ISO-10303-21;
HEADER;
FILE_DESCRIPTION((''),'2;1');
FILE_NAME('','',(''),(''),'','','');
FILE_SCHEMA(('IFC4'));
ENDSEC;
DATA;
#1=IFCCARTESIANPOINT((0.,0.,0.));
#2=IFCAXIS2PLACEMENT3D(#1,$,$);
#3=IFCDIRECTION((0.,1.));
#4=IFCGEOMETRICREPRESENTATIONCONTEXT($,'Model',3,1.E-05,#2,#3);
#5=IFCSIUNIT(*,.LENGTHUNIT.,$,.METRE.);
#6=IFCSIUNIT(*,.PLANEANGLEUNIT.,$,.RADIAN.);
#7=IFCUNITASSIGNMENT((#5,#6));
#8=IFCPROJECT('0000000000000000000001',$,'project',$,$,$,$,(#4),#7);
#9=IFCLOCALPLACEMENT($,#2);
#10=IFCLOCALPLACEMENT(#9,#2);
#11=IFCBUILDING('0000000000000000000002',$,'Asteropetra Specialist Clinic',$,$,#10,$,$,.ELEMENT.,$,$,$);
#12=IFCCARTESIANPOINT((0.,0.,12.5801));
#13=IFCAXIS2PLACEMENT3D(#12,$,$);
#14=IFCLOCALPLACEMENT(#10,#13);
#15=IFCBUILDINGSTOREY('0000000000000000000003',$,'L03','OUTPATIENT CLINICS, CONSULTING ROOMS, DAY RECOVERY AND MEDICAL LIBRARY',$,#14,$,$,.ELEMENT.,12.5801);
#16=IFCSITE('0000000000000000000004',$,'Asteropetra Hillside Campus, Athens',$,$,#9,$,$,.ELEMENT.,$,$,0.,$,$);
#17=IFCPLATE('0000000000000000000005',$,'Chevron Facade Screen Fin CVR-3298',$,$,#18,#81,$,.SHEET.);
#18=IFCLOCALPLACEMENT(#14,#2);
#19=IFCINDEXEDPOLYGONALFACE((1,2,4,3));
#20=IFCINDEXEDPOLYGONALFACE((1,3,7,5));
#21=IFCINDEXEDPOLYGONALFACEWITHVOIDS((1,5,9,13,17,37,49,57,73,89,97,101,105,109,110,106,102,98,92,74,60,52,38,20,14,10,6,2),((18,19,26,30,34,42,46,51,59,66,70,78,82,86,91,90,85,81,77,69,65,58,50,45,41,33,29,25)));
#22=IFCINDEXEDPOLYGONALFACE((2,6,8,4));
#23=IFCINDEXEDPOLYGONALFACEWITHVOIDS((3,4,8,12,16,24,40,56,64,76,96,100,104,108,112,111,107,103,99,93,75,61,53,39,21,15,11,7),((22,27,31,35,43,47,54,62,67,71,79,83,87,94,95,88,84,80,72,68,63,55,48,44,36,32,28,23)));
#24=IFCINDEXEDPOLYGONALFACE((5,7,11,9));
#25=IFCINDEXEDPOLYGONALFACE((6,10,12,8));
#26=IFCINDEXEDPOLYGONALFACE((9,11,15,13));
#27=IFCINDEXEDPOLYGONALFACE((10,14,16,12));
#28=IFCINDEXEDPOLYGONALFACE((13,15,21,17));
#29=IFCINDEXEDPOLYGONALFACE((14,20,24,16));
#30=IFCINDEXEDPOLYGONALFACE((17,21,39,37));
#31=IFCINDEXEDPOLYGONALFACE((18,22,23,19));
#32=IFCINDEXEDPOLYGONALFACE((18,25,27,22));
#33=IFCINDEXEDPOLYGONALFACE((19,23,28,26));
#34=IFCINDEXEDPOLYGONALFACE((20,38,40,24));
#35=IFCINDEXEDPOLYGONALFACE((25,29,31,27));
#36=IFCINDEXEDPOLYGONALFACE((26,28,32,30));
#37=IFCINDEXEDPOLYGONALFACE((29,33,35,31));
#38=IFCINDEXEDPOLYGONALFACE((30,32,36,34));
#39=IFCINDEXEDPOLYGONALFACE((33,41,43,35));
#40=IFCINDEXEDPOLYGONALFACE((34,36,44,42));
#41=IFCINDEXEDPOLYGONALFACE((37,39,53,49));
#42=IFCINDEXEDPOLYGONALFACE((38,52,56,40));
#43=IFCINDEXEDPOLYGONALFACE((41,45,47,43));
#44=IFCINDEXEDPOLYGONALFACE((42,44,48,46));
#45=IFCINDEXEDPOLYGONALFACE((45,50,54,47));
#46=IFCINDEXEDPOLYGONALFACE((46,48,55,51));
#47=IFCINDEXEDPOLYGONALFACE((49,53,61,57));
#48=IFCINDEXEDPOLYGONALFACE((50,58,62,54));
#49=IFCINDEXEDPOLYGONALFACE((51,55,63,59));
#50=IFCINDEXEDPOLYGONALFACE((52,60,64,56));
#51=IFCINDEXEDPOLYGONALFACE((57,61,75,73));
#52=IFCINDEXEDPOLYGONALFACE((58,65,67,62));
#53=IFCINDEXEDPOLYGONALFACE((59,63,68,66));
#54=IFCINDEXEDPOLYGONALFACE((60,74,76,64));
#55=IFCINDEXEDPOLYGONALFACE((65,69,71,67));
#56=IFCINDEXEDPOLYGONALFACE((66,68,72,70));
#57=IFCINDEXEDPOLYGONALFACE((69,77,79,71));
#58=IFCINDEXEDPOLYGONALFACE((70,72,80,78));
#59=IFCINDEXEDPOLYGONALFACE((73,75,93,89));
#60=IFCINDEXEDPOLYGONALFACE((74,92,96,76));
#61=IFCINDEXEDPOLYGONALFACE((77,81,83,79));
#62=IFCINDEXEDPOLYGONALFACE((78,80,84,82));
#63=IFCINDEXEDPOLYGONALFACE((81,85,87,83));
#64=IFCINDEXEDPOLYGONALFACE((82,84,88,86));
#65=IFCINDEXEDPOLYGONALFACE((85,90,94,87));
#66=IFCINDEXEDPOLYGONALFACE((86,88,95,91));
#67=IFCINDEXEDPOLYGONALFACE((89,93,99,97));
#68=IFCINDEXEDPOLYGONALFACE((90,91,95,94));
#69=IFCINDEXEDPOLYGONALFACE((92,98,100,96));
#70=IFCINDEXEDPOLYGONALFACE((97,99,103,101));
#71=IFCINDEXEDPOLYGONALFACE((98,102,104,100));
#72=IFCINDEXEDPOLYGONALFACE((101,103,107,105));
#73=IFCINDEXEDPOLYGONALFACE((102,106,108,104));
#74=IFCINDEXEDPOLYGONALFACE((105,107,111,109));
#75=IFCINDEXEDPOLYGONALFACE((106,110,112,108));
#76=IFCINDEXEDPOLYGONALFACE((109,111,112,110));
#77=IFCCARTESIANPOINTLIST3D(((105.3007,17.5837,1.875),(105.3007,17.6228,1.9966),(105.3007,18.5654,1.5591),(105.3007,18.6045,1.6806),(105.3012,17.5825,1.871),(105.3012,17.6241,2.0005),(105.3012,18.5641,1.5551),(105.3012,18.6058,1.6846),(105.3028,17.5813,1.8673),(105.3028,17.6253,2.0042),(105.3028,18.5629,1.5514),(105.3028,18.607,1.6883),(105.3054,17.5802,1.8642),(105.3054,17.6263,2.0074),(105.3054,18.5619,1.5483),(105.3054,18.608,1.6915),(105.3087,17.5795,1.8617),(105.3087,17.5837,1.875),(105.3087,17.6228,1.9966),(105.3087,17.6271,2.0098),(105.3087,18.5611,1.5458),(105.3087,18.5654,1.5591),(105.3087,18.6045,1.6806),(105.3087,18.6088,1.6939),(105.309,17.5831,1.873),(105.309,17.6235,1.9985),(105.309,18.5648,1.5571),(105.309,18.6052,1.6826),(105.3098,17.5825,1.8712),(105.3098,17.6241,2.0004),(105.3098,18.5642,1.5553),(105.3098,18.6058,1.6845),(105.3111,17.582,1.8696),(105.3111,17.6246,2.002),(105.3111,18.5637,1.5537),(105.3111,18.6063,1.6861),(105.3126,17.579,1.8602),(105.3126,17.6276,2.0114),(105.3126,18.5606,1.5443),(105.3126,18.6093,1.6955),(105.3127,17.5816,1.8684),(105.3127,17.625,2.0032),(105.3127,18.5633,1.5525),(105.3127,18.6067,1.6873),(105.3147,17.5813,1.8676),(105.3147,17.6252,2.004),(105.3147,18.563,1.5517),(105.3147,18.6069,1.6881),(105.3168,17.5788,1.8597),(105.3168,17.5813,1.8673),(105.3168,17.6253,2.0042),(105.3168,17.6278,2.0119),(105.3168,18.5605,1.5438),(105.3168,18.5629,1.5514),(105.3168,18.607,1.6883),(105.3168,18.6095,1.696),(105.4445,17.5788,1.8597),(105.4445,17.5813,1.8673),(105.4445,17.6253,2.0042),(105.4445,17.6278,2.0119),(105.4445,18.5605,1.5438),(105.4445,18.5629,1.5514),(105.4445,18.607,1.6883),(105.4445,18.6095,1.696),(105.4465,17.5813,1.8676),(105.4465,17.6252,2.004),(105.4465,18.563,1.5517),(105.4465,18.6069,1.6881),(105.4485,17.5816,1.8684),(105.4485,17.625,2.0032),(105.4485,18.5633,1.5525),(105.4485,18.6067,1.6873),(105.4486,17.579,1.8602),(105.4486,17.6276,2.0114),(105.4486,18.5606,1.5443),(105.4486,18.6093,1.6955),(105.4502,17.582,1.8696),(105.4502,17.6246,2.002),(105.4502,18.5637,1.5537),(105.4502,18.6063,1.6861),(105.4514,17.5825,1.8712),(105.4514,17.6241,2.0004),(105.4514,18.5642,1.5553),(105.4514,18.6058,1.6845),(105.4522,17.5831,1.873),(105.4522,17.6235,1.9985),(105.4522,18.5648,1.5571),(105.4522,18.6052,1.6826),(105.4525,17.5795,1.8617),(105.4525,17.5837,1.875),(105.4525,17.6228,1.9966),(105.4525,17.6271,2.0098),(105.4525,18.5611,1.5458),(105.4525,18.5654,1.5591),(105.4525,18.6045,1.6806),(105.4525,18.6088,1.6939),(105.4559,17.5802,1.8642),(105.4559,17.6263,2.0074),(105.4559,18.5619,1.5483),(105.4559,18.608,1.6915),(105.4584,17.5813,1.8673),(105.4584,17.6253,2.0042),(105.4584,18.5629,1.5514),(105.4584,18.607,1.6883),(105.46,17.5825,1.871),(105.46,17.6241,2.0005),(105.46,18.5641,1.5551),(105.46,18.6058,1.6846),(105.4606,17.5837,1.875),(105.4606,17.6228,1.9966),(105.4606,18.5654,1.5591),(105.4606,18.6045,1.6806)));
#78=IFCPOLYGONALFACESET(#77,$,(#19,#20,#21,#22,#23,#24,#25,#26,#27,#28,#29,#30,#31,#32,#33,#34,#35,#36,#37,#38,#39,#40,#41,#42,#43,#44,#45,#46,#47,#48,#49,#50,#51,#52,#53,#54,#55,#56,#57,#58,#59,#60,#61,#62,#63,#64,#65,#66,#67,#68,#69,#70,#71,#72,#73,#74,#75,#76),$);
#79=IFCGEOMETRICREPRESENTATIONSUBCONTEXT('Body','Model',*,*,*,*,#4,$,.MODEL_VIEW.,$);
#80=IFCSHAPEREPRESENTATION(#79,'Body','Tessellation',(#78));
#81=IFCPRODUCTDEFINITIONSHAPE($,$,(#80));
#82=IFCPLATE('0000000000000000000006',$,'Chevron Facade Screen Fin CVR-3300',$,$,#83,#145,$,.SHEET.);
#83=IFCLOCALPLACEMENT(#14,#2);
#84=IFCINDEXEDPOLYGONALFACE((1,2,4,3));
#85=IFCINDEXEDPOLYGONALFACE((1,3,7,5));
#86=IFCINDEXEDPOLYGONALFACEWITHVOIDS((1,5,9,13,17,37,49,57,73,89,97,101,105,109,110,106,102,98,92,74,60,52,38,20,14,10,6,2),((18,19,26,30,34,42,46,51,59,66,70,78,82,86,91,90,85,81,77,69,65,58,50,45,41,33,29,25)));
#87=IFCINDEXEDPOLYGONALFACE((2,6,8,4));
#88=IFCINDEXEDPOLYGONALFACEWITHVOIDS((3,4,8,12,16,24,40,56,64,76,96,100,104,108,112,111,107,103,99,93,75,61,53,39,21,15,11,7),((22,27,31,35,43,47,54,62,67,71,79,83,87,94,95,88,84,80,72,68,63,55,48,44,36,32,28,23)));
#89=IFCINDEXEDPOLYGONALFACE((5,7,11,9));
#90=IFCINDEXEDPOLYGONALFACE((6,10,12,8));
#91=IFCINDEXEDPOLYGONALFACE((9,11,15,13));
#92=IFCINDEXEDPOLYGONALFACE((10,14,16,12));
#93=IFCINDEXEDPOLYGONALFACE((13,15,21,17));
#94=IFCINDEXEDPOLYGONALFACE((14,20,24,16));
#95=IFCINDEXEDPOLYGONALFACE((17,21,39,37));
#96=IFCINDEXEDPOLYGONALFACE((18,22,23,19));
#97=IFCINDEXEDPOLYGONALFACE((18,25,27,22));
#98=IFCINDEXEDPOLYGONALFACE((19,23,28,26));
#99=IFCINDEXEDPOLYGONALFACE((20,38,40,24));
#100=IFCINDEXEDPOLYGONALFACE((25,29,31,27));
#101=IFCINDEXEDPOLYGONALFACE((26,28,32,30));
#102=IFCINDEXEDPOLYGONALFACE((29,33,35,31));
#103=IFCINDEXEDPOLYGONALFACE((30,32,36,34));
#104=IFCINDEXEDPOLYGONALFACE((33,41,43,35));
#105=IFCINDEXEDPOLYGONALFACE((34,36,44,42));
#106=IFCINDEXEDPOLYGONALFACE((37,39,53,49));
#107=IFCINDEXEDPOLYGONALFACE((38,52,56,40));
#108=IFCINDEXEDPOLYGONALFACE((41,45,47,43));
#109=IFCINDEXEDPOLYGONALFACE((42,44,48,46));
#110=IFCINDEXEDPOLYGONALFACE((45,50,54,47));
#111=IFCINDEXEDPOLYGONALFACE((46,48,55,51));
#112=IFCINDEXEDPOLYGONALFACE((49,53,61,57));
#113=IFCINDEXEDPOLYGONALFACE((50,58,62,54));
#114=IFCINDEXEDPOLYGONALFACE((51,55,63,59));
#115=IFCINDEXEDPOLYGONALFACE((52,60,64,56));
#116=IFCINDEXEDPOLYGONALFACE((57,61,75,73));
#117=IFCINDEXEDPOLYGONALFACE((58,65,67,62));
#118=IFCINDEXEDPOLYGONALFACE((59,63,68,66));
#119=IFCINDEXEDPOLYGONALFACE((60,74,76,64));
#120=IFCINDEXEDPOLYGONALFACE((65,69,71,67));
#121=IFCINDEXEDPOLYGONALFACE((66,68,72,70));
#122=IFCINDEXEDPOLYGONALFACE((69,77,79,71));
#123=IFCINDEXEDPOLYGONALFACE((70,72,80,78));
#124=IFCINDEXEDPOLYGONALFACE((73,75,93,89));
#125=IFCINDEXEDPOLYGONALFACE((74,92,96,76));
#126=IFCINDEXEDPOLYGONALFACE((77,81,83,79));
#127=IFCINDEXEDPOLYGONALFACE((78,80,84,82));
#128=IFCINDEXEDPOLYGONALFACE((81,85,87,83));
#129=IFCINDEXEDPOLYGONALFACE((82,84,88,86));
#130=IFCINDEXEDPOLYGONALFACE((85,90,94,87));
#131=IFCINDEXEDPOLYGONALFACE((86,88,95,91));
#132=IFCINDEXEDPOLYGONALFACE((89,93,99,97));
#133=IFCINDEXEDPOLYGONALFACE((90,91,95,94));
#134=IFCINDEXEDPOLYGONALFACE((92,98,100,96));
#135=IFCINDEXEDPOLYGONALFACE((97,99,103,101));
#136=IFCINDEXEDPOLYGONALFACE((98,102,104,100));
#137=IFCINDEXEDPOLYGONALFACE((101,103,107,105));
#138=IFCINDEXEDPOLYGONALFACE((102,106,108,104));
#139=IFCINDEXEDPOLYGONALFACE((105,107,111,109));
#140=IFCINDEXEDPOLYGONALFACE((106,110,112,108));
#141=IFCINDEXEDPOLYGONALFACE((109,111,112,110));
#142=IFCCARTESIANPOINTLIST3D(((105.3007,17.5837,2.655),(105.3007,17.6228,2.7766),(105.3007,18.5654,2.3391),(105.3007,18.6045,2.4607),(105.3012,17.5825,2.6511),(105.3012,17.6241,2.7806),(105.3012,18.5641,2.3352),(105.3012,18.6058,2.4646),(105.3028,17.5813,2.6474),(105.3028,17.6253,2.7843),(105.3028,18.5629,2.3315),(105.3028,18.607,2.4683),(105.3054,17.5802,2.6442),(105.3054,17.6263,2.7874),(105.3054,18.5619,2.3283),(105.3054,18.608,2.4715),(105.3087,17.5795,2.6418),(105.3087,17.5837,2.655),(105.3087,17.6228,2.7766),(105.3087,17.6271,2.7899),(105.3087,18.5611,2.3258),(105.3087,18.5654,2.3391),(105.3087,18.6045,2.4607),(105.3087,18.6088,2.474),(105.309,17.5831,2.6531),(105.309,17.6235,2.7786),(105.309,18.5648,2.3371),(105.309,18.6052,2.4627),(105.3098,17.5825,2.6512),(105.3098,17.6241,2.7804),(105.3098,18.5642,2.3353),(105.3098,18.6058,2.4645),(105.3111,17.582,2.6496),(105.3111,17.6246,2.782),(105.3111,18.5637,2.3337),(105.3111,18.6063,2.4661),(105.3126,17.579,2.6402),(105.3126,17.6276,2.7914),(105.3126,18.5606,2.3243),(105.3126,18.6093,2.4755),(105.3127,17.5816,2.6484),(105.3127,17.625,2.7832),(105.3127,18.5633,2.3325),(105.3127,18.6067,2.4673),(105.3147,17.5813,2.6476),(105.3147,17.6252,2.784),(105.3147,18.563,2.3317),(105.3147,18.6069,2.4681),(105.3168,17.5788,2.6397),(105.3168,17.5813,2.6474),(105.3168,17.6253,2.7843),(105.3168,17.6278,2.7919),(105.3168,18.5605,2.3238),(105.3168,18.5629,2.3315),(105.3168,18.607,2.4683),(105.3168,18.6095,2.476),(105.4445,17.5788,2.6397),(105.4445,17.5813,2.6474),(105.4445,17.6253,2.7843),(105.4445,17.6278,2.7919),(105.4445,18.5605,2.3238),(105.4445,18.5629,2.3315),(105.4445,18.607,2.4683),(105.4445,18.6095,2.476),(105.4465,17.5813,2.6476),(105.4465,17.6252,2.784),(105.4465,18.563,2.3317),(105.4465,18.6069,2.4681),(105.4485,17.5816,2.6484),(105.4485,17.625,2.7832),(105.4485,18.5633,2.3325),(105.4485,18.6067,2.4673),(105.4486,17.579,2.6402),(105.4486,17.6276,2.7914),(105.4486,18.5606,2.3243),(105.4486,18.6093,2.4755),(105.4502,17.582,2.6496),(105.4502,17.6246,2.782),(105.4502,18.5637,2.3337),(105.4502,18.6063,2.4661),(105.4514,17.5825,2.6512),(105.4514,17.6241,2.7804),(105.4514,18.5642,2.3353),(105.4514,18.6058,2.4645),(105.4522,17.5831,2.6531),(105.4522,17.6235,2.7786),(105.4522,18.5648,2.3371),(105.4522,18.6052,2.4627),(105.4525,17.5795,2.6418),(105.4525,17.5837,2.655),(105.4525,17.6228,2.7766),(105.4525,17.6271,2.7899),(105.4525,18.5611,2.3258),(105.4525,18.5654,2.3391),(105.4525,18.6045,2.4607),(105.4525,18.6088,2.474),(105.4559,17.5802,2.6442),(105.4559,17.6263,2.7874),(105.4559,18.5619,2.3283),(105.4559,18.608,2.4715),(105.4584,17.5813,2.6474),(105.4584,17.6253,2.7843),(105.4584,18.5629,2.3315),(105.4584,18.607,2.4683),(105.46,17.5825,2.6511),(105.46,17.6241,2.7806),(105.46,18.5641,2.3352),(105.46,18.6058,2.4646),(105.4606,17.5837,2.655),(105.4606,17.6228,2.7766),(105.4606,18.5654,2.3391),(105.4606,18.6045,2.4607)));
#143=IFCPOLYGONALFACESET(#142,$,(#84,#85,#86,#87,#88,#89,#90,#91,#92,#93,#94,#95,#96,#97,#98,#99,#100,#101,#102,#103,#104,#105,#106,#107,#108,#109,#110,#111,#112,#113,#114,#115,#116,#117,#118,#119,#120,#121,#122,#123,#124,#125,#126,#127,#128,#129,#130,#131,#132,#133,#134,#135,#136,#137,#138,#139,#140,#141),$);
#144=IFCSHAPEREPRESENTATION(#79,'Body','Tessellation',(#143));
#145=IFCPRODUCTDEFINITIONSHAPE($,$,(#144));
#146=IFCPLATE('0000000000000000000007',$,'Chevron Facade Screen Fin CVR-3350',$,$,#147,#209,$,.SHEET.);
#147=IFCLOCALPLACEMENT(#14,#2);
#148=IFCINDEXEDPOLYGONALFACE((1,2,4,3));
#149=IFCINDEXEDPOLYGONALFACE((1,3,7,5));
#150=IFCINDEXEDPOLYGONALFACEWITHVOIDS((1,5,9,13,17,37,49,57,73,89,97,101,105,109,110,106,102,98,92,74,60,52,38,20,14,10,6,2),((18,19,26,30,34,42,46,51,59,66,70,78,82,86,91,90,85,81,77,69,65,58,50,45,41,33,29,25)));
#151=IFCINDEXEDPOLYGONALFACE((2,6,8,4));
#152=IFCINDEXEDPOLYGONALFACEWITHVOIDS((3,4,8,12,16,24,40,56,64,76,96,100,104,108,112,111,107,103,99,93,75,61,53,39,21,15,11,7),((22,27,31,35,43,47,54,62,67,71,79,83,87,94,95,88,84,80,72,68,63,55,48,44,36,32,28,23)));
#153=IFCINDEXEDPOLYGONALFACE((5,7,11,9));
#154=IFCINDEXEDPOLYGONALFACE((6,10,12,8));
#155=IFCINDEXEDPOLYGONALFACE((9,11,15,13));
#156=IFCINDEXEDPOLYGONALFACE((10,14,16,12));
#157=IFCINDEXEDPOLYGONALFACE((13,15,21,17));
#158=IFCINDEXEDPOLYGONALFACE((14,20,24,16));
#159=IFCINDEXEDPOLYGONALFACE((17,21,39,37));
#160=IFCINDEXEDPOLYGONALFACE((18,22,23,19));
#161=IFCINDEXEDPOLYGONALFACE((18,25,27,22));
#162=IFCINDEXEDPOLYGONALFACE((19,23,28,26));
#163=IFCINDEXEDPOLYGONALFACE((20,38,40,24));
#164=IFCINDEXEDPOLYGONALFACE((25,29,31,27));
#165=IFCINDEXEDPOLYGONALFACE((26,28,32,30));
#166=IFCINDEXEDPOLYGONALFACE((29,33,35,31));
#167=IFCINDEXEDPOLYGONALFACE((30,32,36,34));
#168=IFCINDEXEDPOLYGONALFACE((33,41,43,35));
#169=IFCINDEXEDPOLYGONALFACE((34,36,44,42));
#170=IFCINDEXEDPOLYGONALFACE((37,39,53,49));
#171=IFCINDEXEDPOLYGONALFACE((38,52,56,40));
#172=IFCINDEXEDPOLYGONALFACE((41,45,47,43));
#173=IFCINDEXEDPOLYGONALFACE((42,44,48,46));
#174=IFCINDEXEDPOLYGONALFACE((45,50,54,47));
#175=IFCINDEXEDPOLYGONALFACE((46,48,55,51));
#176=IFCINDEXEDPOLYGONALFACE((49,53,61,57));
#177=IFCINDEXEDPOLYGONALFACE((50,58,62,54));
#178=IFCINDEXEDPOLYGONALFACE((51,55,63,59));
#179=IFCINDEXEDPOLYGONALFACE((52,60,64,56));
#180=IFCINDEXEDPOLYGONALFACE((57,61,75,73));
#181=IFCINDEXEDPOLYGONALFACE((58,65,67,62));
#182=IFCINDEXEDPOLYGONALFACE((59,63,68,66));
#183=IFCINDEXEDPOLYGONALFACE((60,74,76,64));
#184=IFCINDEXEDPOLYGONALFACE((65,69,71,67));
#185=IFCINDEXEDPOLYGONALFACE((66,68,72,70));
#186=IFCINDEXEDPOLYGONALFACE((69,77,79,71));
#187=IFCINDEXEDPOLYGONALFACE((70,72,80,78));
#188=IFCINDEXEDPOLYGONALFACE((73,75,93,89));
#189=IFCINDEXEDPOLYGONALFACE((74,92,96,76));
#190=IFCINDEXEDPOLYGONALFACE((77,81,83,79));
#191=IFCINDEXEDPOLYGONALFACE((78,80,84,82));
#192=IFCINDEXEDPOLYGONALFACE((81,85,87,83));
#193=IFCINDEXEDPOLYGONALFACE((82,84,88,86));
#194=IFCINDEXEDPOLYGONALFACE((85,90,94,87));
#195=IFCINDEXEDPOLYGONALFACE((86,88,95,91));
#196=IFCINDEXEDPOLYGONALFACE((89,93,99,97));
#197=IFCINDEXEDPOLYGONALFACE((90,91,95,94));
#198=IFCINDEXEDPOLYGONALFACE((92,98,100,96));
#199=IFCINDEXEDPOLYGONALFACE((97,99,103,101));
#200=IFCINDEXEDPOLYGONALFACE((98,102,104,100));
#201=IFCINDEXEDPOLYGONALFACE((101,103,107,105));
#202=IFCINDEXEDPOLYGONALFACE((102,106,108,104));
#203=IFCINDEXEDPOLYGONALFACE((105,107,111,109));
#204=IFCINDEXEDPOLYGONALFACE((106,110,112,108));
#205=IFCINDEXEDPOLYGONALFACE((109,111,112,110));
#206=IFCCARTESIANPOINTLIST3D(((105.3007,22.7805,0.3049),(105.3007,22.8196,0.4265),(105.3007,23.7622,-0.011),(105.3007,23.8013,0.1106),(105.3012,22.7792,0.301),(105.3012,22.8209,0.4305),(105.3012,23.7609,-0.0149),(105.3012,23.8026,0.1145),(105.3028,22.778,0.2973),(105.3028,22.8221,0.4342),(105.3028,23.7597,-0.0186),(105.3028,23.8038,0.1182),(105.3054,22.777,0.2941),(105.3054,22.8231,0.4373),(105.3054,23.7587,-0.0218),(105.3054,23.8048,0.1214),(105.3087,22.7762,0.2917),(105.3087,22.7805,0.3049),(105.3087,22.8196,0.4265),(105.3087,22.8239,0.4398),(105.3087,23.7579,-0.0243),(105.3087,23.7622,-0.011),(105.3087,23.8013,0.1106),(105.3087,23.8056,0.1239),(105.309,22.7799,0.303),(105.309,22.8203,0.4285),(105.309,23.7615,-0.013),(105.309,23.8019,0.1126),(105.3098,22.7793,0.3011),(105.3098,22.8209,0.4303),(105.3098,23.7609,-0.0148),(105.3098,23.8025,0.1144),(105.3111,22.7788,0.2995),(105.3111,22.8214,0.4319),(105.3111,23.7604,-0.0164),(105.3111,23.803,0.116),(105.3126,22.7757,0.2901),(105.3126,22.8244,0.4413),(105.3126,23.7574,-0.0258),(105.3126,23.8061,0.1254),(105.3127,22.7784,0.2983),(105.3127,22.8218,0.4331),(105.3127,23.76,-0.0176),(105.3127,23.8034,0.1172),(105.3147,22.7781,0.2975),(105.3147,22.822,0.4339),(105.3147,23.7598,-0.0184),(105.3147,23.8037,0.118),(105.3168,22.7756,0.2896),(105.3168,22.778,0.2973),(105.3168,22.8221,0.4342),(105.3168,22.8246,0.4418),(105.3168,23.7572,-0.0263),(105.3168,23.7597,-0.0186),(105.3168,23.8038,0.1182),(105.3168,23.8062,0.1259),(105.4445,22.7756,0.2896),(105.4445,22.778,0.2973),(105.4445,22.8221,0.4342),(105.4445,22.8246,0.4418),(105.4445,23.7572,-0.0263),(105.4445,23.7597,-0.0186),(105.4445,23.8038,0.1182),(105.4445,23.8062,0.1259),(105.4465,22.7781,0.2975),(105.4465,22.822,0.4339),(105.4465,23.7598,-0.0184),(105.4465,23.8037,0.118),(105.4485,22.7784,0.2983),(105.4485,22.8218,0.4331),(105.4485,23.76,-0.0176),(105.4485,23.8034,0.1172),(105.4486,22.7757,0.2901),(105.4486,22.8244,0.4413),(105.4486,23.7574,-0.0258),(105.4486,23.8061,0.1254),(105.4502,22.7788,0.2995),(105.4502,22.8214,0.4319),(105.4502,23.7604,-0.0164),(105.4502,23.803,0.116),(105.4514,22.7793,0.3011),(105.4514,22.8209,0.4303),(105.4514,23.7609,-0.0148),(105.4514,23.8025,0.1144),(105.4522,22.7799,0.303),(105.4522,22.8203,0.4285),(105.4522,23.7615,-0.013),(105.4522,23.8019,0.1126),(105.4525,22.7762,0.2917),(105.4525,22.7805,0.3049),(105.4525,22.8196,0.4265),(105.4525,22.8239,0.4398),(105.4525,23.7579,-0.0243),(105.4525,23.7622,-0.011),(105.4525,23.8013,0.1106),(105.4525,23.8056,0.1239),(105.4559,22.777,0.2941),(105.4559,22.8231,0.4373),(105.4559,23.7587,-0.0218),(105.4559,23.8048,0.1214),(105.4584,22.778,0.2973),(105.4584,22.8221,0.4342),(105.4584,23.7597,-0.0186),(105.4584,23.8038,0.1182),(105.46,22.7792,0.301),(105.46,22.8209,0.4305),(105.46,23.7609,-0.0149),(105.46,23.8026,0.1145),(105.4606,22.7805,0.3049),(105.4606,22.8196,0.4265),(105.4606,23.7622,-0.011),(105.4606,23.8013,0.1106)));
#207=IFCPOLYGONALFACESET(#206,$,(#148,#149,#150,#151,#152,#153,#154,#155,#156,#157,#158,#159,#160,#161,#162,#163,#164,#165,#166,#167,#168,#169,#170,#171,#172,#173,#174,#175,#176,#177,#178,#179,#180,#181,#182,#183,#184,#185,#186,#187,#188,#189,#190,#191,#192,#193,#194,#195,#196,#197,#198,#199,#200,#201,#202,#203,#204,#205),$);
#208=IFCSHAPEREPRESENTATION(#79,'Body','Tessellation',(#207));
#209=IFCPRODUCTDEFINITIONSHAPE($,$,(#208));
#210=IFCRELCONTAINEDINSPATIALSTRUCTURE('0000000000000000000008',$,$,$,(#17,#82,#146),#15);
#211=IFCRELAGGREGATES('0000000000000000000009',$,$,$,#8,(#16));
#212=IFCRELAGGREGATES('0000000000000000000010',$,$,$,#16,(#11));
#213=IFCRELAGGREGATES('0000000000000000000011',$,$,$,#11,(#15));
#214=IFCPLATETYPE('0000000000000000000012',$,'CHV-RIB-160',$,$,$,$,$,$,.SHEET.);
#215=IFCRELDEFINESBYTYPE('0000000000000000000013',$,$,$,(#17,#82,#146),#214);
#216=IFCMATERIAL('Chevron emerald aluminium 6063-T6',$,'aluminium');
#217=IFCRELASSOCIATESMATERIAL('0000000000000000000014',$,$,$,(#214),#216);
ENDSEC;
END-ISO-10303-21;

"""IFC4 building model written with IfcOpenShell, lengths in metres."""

from ifc_helpers import new_model, si_unit, direction, frame, origin, origin_2d, place, context, subcontext, project, spatial, hollow_rectangle, extrude, material, material_profile, profile_set, type_object, element, save


model = new_model("IFC4")

# Units and contexts
model_context = context("Model", 3, precision=1e-05, world=origin(), true_north=direction((0.0, 1.0)))
body_context = subcontext(model_context, "Body", "Model", "MODEL_VIEW")
ifc_project = project(units=[si_unit("LENGTHUNIT", "METRE"), si_unit("PLANEANGLEUNIT", "RADIAN")], contexts=[model_context])

# Site, building, storey
site_placement = place(None, origin())
site = spatial("IfcSite", under=ifc_project, at=site_placement, Name="Asteropetra Hillside Campus, Athens", CompositionType="ELEMENT", RefElevation=0.0)
building_placement = place(site_placement, origin())
building = spatial("IfcBuilding", under=site, at=building_placement, Name="Asteropetra Specialist Clinic", CompositionType="ELEMENT")
storey_placement = place(building_placement, frame((0.0, 0.0, 12.5801)))
storey = spatial("IfcBuildingStorey", under=building, at=storey_placement, Name="L03", Description="OUTPATIENT CLINICS, CONSULTING ROOMS, DAY RECOVERY AND MEDICAL LIBRARY", CompositionType="ELEMENT", Elevation=12.5801)

# Plates
ifc_material_1 = material(Name="Chevron emerald aluminium 6063-T6", Category="aluminium")
ifc_material_profile_1 = material_profile(ifc_material_1, hollow_rectangle(XDim=0.1599, YDim=0.1599, WallThickness=0.0081, InnerFilletRadius=0.0081, OuterFilletRadius=0.0161, at=origin_2d()), Name="SHS 160x160x8.0")
ifc_profile_set_1 = profile_set([ifc_material_profile_1], Name="Chevron emerald aluminium 6063-T6")
plate_type = type_object("IfcPlateType", Name="CHV-RIB-160", PredefinedType="SHEET", material=ifc_profile_set_1)
for number, where, z_axis, x_axis, name in (
    (1, (105.3806, 18.585, 1.6199), (0.0, -0.951923, 0.306339), (1.0, 0.0, 0.0), "Chevron Facade Screen Fin CVR-3298"),
    (2, (105.3806, 18.585, 2.3999), (0.0, -0.951923, 0.306339), (1.0, 0.0, 0.0), "Chevron Facade Screen Fin CVR-3300"),
    (3, (105.3806, 23.7817, 0.0498), (0.0, -0.951923, 0.306339), (1.0, 0.0, 0.0), "Chevron Facade Screen Fin CVR-3350"),
):
    element("IfcPlate", number, at=place(storey_placement, frame(where, z_axis=z_axis, x_axis=x_axis)), inside=storey, type_object=plate_type, Name=name, PredefinedType="SHEET", context=body_context, shape_type="SweptSolid", body=[
        extrude(hollow_rectangle(XDim=0.1599, YDim=0.1599, WallThickness=0.0081, InnerFilletRadius=0.0081, OuterFilletRadius=0.0161, at=origin_2d()), origin(), (0.0, 0.0, 1.0), 1.0312),
    ])

save(model, "model.ifc")
